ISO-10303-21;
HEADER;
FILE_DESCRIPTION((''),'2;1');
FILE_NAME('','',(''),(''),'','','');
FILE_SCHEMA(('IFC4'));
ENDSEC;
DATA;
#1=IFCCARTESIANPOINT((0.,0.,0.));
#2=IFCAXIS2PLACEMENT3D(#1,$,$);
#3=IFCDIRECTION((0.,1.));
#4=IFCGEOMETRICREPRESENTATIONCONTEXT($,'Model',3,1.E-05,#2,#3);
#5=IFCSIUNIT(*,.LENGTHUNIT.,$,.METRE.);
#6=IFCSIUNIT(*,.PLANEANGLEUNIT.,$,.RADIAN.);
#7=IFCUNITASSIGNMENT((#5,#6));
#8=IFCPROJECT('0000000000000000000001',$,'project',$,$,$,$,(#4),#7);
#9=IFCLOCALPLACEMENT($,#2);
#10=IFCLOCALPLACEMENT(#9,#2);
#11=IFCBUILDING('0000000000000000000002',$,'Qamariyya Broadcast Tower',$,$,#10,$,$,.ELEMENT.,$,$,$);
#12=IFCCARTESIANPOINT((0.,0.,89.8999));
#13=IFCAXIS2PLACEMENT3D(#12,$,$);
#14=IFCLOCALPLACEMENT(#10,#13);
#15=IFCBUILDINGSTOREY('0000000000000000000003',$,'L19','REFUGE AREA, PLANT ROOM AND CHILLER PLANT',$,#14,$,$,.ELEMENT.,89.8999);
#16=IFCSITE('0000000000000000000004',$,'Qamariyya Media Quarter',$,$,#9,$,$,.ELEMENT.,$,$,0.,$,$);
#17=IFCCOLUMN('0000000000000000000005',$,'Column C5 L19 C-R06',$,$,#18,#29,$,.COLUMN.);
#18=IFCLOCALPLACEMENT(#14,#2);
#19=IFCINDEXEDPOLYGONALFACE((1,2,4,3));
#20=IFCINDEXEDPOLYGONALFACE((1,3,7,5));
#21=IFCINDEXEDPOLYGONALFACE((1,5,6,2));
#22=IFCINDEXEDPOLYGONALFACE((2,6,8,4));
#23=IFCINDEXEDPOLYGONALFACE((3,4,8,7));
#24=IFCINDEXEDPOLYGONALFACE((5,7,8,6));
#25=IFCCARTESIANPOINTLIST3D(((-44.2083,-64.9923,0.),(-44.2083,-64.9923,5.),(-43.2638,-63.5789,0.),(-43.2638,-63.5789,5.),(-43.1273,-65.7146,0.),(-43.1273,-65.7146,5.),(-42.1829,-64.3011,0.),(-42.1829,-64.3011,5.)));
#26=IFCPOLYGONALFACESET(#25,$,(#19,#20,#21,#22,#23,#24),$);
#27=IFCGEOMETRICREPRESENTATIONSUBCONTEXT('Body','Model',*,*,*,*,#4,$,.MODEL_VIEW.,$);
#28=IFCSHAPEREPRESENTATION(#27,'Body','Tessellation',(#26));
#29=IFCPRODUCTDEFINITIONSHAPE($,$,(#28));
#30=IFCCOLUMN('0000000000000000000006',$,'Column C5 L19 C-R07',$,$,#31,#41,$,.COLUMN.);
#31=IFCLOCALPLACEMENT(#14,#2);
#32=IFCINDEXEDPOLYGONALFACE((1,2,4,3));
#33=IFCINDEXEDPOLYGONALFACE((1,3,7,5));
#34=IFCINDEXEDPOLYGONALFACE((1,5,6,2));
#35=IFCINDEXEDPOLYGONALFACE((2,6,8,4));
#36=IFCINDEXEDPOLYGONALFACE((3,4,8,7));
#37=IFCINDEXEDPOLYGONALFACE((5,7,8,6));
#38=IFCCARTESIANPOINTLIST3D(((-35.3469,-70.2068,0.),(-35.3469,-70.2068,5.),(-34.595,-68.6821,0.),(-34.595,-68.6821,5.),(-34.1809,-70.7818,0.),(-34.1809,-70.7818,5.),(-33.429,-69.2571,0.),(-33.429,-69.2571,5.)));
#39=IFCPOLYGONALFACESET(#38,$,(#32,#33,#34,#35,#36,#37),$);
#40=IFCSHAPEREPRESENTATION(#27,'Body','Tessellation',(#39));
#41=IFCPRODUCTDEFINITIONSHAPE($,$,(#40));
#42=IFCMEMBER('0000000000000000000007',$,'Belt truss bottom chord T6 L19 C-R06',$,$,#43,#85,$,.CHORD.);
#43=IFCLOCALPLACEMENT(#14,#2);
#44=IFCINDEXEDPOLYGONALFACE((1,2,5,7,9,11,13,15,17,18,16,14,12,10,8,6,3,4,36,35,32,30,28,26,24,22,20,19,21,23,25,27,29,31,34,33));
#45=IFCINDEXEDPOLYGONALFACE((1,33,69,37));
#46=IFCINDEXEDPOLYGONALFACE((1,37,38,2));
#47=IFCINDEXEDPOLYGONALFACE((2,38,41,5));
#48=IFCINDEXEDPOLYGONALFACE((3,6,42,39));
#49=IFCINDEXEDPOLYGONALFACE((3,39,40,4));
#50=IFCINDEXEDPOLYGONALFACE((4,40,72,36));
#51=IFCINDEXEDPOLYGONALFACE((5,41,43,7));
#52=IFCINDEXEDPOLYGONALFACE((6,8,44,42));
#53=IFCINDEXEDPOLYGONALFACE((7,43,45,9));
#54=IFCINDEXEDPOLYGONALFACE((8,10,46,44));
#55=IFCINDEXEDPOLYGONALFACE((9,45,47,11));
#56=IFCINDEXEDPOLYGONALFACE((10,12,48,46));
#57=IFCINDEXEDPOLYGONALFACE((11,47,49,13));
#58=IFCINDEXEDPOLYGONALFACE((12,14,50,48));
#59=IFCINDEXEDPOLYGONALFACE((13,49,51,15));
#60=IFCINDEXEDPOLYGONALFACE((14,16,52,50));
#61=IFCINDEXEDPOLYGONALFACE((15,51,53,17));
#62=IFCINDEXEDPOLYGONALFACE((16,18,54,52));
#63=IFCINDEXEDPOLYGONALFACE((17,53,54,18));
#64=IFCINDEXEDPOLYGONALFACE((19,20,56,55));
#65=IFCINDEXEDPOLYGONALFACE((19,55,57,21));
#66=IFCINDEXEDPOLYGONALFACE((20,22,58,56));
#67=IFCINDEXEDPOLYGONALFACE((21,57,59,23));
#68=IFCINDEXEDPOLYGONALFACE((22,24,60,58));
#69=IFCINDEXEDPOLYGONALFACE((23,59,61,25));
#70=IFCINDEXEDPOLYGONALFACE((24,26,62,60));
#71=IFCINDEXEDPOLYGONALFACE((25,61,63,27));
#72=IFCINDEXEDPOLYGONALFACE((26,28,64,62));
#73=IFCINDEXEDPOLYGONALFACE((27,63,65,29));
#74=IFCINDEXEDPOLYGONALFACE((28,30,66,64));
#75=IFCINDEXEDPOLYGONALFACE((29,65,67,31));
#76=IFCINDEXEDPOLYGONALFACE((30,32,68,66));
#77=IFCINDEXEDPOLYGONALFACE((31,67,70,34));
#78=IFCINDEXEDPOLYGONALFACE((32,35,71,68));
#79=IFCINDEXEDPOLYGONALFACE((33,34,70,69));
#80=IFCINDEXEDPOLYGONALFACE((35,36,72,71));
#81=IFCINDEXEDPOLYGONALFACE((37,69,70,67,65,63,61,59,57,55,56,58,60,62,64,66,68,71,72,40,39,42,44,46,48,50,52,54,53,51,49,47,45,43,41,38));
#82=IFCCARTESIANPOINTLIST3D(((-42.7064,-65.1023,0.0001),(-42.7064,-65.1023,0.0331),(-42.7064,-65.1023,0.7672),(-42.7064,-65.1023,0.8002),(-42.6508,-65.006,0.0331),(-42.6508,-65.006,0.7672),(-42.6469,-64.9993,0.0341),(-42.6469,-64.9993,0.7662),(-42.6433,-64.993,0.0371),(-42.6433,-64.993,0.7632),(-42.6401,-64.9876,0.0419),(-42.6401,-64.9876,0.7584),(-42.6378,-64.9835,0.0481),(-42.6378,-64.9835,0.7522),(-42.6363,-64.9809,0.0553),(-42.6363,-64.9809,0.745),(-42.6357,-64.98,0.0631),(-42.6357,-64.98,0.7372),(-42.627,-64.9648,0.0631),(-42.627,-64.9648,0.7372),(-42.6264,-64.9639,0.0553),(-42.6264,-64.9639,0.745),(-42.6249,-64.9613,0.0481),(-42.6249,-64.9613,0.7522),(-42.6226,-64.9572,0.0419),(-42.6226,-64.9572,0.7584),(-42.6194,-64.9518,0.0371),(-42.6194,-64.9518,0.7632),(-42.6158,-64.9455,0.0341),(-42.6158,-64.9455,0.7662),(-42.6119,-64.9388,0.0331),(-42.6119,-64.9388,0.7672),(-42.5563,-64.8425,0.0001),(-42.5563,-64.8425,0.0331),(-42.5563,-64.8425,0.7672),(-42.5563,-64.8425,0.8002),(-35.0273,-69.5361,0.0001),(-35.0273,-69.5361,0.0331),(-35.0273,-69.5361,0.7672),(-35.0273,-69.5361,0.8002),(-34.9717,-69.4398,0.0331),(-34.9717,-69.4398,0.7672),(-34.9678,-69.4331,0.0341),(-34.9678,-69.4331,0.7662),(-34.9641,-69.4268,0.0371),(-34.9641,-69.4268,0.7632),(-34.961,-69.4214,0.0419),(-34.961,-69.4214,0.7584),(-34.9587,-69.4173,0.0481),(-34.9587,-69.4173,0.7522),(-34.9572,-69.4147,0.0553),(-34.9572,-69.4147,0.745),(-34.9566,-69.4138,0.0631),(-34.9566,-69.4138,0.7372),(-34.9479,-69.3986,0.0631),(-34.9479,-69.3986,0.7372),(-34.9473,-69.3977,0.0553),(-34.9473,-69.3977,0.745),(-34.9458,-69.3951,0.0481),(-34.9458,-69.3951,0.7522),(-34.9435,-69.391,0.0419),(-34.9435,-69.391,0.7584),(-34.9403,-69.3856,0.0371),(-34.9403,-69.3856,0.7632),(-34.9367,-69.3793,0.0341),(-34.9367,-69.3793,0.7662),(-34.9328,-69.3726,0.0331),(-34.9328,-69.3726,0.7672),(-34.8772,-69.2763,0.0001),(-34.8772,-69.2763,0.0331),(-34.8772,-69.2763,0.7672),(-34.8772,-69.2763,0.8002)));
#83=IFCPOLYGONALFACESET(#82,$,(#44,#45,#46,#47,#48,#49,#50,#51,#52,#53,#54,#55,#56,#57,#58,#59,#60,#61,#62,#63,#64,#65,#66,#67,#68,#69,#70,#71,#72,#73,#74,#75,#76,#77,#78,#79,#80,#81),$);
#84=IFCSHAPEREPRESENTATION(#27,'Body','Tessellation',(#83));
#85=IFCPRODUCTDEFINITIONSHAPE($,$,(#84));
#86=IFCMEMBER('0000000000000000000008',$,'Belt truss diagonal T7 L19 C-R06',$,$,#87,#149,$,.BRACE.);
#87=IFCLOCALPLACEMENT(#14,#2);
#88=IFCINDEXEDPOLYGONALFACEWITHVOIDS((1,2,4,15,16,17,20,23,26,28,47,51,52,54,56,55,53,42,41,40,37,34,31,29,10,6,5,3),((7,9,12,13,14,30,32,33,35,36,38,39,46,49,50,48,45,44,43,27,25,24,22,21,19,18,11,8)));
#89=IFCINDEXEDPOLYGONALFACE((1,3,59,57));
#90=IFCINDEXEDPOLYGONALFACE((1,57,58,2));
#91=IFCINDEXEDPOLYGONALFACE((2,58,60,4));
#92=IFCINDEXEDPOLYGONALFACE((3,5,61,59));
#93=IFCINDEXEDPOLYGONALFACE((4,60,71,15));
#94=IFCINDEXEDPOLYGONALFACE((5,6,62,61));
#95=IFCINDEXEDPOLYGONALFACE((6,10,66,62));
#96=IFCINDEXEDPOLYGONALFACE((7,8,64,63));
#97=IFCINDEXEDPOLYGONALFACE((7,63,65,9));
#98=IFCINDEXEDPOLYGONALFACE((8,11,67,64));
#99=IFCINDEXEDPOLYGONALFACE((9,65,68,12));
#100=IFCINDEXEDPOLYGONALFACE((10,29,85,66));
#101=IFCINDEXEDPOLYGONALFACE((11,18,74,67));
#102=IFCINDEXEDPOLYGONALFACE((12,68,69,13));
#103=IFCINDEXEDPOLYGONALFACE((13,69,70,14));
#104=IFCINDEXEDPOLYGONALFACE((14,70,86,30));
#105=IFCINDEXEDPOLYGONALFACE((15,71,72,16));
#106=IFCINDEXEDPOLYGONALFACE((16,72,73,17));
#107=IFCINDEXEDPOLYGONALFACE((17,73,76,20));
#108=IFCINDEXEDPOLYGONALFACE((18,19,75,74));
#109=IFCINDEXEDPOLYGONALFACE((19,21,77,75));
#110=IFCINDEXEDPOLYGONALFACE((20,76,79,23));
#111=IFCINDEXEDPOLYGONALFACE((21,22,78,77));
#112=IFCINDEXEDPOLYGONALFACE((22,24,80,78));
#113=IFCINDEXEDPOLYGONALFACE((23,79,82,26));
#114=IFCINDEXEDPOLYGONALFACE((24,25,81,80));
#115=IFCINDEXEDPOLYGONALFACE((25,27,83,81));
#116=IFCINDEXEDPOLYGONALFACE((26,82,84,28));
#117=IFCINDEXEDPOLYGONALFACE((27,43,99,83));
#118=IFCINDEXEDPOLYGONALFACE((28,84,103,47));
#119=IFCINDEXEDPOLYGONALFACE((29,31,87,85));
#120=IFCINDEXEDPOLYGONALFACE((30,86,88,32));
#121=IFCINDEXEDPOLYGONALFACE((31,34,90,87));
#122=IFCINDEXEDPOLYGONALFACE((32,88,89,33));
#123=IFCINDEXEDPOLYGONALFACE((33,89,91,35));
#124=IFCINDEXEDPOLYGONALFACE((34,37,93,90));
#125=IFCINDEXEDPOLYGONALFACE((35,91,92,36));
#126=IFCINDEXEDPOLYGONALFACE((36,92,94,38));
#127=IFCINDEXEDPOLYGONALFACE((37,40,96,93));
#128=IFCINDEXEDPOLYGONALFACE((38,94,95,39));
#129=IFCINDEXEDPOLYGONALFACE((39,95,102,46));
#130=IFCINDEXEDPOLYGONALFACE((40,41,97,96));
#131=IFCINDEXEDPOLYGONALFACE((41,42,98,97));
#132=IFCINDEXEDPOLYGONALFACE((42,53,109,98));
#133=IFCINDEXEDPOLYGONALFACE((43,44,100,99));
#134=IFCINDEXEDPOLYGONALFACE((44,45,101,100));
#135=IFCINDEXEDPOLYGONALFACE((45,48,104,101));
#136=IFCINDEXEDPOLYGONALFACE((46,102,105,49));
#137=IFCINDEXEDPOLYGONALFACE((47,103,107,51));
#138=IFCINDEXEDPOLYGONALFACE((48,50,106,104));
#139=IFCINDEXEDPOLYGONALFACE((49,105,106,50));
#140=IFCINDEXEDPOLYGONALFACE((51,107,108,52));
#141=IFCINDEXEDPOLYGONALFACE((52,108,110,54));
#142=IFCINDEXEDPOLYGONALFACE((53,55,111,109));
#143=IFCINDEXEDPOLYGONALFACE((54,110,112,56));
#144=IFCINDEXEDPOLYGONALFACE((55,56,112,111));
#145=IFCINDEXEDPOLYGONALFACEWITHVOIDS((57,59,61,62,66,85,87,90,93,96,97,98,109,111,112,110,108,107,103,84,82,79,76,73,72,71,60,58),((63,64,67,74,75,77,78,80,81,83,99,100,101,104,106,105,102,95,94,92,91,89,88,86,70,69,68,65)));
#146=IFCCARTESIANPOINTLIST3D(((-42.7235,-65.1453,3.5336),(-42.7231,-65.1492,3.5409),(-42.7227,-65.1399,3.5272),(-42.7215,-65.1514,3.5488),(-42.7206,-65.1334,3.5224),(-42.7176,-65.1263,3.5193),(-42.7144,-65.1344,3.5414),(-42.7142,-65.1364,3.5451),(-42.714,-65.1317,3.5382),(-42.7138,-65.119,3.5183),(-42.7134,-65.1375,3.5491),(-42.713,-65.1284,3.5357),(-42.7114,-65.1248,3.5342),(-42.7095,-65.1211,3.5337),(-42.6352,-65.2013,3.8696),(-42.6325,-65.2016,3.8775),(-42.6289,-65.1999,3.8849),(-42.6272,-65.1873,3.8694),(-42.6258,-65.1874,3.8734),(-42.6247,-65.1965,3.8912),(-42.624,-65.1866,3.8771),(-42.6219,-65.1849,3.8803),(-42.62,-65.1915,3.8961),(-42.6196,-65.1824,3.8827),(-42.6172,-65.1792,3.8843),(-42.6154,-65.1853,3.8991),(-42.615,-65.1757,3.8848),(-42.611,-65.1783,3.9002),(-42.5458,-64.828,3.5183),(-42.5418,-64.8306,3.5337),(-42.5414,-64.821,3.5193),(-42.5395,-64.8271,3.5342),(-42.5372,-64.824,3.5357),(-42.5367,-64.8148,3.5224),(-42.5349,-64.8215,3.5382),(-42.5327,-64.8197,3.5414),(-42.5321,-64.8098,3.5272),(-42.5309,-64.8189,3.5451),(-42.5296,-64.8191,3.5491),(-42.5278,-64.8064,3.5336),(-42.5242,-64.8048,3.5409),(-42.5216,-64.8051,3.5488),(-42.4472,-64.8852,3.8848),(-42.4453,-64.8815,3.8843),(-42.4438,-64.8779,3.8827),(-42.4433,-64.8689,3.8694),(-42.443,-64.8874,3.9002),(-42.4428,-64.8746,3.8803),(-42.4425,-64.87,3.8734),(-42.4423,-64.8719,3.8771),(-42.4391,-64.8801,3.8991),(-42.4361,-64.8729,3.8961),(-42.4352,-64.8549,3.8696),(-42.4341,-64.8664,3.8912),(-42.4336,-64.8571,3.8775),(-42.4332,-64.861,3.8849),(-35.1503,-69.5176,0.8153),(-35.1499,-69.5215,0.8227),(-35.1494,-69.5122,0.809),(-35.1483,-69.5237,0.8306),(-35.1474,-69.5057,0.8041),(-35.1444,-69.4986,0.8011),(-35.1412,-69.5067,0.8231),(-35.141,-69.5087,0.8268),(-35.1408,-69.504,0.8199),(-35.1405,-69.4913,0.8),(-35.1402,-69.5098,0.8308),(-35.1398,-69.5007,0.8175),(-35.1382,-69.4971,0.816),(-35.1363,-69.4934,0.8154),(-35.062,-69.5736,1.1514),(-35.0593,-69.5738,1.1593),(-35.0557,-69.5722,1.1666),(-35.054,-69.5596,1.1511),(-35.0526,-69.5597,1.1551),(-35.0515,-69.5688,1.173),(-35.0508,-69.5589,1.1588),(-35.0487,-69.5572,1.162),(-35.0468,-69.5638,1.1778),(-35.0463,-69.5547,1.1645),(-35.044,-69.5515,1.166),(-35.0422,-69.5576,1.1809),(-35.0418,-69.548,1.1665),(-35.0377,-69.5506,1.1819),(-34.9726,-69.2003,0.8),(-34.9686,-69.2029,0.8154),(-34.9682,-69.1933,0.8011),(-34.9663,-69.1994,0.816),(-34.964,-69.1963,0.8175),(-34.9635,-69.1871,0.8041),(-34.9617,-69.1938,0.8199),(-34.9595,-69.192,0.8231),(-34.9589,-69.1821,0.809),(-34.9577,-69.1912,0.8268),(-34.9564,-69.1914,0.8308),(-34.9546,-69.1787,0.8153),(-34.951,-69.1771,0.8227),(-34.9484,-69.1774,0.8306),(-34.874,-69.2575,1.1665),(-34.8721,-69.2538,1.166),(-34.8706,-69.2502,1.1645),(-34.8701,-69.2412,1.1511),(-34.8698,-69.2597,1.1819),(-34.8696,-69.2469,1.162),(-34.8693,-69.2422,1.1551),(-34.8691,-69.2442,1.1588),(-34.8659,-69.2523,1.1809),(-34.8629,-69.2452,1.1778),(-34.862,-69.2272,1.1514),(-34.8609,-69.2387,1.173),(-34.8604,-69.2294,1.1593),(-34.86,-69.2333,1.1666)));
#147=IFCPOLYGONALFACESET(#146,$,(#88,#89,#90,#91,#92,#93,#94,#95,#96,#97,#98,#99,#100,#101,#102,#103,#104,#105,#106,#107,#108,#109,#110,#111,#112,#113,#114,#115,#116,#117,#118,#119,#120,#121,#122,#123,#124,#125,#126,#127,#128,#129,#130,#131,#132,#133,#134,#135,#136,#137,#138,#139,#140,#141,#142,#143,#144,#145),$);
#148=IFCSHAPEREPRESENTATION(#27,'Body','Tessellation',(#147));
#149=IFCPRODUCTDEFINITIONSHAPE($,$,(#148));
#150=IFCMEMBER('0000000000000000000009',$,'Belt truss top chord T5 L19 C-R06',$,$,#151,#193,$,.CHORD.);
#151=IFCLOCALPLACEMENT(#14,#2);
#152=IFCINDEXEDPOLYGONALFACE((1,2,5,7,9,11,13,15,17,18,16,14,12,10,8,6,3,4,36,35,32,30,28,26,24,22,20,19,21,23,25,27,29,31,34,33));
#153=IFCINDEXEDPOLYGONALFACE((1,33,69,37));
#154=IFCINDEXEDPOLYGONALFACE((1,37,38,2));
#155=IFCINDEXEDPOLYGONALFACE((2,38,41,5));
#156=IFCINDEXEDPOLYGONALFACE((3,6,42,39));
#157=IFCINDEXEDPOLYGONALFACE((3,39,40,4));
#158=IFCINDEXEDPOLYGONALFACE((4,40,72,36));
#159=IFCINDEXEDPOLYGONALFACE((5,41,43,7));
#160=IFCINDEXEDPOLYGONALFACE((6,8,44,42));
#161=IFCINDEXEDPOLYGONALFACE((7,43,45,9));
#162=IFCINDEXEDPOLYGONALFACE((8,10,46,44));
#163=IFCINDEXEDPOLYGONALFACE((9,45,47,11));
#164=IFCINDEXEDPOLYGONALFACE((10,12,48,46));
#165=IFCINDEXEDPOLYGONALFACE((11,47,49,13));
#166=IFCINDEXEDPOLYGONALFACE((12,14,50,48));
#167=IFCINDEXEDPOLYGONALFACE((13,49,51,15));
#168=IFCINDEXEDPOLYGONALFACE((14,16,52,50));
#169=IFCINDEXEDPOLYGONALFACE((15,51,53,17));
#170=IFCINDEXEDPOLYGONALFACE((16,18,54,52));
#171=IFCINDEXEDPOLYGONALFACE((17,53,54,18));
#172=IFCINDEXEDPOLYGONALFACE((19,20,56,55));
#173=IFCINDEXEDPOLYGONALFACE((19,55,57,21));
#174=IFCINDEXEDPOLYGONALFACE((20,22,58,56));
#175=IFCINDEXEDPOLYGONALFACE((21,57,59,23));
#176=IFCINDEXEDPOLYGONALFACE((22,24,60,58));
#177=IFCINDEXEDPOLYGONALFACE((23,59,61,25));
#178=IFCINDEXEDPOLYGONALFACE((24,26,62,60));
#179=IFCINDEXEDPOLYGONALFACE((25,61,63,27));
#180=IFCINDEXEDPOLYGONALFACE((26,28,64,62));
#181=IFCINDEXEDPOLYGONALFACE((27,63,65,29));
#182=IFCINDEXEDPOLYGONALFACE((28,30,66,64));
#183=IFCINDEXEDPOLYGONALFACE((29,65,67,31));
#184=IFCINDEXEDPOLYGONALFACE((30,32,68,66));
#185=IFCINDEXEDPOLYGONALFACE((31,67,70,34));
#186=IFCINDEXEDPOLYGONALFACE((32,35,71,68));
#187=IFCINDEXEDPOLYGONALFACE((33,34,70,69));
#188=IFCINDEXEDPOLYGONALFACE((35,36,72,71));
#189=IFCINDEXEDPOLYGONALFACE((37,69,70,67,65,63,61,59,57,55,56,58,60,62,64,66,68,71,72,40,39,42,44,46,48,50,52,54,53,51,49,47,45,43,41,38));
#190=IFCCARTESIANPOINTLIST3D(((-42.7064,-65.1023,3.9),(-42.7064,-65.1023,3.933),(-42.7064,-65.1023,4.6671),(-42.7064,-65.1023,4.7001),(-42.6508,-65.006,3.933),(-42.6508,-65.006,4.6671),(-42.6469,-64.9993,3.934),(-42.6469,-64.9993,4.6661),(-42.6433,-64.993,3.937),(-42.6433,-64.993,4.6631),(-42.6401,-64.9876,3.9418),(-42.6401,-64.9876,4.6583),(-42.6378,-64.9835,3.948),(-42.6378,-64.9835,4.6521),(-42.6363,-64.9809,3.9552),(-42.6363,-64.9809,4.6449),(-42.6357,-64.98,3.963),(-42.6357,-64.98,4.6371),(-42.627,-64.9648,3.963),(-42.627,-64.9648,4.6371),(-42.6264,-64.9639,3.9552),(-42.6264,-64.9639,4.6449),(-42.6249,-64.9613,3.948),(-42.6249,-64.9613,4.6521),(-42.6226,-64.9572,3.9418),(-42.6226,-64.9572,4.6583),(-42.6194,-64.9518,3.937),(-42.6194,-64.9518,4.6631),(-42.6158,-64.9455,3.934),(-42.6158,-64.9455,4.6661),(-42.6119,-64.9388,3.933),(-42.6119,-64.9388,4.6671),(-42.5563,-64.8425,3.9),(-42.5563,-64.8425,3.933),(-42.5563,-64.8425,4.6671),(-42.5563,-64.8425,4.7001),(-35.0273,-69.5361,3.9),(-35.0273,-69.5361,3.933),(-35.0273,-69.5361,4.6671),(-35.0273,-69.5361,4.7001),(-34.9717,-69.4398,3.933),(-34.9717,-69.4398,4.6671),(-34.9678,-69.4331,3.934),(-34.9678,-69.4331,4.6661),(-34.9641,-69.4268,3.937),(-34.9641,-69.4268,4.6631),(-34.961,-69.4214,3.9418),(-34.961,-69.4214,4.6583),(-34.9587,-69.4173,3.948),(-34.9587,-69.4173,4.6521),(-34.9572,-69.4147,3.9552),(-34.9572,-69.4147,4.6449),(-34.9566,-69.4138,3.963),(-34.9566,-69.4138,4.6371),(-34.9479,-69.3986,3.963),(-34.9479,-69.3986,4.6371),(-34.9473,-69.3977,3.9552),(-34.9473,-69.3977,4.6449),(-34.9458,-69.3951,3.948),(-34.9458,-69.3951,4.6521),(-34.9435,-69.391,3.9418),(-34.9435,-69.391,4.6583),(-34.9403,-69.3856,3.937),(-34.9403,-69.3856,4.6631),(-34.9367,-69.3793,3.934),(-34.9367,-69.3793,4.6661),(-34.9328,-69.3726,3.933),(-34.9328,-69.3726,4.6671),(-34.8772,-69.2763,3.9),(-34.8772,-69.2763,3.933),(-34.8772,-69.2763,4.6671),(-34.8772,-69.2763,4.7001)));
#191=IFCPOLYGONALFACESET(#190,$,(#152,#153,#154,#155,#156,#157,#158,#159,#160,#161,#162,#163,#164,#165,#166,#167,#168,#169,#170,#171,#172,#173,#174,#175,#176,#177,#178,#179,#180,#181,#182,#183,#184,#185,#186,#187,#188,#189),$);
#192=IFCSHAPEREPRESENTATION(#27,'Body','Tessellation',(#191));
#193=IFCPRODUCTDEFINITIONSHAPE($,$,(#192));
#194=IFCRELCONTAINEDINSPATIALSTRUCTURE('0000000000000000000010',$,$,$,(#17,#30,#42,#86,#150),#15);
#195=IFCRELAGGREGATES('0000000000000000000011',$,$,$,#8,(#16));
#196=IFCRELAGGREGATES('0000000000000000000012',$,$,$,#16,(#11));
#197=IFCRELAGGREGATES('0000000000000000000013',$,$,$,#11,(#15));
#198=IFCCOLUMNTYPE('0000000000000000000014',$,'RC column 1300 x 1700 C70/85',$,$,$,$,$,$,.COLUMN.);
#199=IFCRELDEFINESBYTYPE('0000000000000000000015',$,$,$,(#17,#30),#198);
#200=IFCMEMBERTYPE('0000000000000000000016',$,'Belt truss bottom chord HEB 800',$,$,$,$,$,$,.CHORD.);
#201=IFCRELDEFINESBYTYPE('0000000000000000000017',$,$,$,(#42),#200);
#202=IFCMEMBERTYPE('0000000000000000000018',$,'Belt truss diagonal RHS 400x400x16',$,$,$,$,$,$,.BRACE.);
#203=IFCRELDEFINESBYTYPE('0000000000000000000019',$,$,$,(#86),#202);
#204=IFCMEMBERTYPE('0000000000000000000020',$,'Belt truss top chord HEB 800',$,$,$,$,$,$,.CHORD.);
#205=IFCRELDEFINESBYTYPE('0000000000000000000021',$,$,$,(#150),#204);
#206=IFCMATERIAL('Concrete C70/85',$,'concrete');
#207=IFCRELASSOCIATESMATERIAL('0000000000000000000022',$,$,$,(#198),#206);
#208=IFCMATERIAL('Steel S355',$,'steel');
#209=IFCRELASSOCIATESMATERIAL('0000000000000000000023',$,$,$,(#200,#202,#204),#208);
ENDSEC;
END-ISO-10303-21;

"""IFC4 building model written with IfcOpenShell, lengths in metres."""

from ifc_helpers import new_model, si_unit, direction, frame, origin, origin_2d, place, context, subcontext, project, spatial, rectangle, hollow_rectangle, i_section, extrude, material, material_profile, profile_set, type_object, element, save


model = new_model("IFC4")

# Units and contexts
model_context = context("Model", 3, precision=1e-05, world=origin(), true_north=direction((0.0, 1.0)))
body_context = subcontext(model_context, "Body", "Model", "MODEL_VIEW")
ifc_project = project(units=[si_unit("LENGTHUNIT", "METRE"), si_unit("PLANEANGLEUNIT", "RADIAN")], contexts=[model_context])

# Site, building, storey
site_placement = place(None, origin())
site = spatial("IfcSite", under=ifc_project, at=site_placement, Name="Qamariyya Media Quarter", CompositionType="ELEMENT", RefElevation=0.0)
building_placement = place(site_placement, origin())
building = spatial("IfcBuilding", under=site, at=building_placement, Name="Qamariyya Broadcast Tower", CompositionType="ELEMENT")
storey_placement = place(building_placement, frame((0.0, 0.0, 89.8999)))
storey = spatial("IfcBuildingStorey", under=building, at=storey_placement, Name="L19", Description="REFUGE AREA, PLANT ROOM AND CHILLER PLANT", CompositionType="ELEMENT", Elevation=89.8999)

# Columns
ifc_material_1 = material(Name="Concrete C70/85", Category="concrete")
ifc_material_profile_1 = material_profile(ifc_material_1, rectangle(XDim=1.3, YDim=1.7, at=origin_2d()))
ifc_profile_set_1 = profile_set([ifc_material_profile_1], Name="Concrete C70/85")
column_type = type_object("IfcColumnType", Name="RC column 1300 x 1700 C70/85", PredefinedType="COLUMN", material=ifc_profile_set_1)
for number, where, z_axis, x_axis, name in (
    (1, (-43.1956, -64.6467, 0.0), (0.0, 0.0, 1.0), (0.83147, -0.55557, 0.0), "Column C5 L19 C-R06"),
    (2, (-34.3879, -69.7319, 0.0), (0.0, 0.0, 1.0), (0.896873, -0.442289, 0.0), "Column C5 L19 C-R07"),
):
    element("IfcColumn", number, at=place(storey_placement, frame(where, z_axis=z_axis, x_axis=x_axis)), inside=storey, type_object=column_type, Name=name, PredefinedType="COLUMN", context=body_context, shape_type="SweptSolid", body=[
        extrude(rectangle(XDim=1.3, YDim=1.7, at=origin_2d()), origin(), (0.0, 0.0, 1.0), 5.0),
    ])

# Members
ifc_material_2 = material(Name="Steel S355", Category="steel")
ifc_material_profile_2 = material_profile(ifc_material_2, i_section(OverallWidth=0.3, OverallDepth=0.8, WebThickness=0.0176, FlangeThickness=0.033, FilletRadius=0.03, at=origin_2d()))
ifc_profile_set_2 = profile_set([ifc_material_profile_2], Name="Steel S355")
member_type_1 = type_object("IfcMemberType", Name="Belt truss bottom chord HEB 800", PredefinedType="CHORD", material=ifc_profile_set_2)
member_1_placement = place(storey_placement, frame((-42.6313, -64.9724, 0.4001), z_axis=(0.866013, -0.500021, 0.0), x_axis=(0.500021, 0.866013, 0.0)))
element("IfcMember", 3, at=member_1_placement, inside=storey, type_object=member_type_1, Name="Belt truss bottom chord T6 L19 C-R06", PredefinedType="CHORD", context=body_context, shape_type="SweptSolid", body=[
    extrude(i_section(OverallWidth=0.3, OverallDepth=0.8, WebThickness=0.0176, FlangeThickness=0.033, FilletRadius=0.03, at=origin_2d()), origin(), (0.0, 0.0, 1.0), 8.8672),
])
ifc_material_profile_3 = material_profile(ifc_material_2, hollow_rectangle(XDim=0.3999, YDim=0.3999, WallThickness=0.0161, InnerFilletRadius=0.0161, OuterFilletRadius=0.032, at=origin_2d()))
ifc_profile_set_3 = profile_set([ifc_material_profile_3], Name="Steel S355")
member_type_2 = type_object("IfcMemberType", Name="Belt truss diagonal RHS 400x400x16", PredefinedType="BRACE", material=ifc_profile_set_3)
member_2_placement = place(storey_placement, frame((-42.5784, -65.0032, 3.7092), z_axis=(0.826998, -0.477456, -0.296834), x_axis=(0.499992, 0.86603, 0.0)))
element("IfcMember", 4, at=member_2_placement, inside=storey, type_object=member_type_2, Name="Belt truss diagonal T7 L19 C-R06", PredefinedType="BRACE", context=body_context, shape_type="SweptSolid", body=[
    extrude(hollow_rectangle(XDim=0.3999, YDim=0.3999, WallThickness=0.0161, InnerFilletRadius=0.0161, OuterFilletRadius=0.032, at=origin_2d()), origin(), (0.0, 0.0, 1.0), 9.1575),
])
ifc_material_profile_4 = material_profile(ifc_material_2, i_section(OverallWidth=0.3, OverallDepth=0.8, WebThickness=0.0176, FlangeThickness=0.033, FilletRadius=0.03, at=origin_2d()))
ifc_profile_set_4 = profile_set([ifc_material_profile_4], Name="Steel S355")
member_type_3 = type_object("IfcMemberType", Name="Belt truss top chord HEB 800", PredefinedType="CHORD", material=ifc_profile_set_4)
member_3_placement = place(storey_placement, frame((-42.6313, -64.9724, 4.3), z_axis=(0.866013, -0.500021, 0.0), x_axis=(0.500021, 0.866013, 0.0)))
element("IfcMember", 5, at=member_3_placement, inside=storey, type_object=member_type_3, Name="Belt truss top chord T5 L19 C-R06", PredefinedType="CHORD", context=body_context, shape_type="SweptSolid", body=[
    extrude(i_section(OverallWidth=0.3, OverallDepth=0.8, WebThickness=0.0176, FlangeThickness=0.033, FilletRadius=0.03, at=origin_2d()), origin(), (0.0, 0.0, 1.0), 8.8672),
])

save(model, "model.ifc")
